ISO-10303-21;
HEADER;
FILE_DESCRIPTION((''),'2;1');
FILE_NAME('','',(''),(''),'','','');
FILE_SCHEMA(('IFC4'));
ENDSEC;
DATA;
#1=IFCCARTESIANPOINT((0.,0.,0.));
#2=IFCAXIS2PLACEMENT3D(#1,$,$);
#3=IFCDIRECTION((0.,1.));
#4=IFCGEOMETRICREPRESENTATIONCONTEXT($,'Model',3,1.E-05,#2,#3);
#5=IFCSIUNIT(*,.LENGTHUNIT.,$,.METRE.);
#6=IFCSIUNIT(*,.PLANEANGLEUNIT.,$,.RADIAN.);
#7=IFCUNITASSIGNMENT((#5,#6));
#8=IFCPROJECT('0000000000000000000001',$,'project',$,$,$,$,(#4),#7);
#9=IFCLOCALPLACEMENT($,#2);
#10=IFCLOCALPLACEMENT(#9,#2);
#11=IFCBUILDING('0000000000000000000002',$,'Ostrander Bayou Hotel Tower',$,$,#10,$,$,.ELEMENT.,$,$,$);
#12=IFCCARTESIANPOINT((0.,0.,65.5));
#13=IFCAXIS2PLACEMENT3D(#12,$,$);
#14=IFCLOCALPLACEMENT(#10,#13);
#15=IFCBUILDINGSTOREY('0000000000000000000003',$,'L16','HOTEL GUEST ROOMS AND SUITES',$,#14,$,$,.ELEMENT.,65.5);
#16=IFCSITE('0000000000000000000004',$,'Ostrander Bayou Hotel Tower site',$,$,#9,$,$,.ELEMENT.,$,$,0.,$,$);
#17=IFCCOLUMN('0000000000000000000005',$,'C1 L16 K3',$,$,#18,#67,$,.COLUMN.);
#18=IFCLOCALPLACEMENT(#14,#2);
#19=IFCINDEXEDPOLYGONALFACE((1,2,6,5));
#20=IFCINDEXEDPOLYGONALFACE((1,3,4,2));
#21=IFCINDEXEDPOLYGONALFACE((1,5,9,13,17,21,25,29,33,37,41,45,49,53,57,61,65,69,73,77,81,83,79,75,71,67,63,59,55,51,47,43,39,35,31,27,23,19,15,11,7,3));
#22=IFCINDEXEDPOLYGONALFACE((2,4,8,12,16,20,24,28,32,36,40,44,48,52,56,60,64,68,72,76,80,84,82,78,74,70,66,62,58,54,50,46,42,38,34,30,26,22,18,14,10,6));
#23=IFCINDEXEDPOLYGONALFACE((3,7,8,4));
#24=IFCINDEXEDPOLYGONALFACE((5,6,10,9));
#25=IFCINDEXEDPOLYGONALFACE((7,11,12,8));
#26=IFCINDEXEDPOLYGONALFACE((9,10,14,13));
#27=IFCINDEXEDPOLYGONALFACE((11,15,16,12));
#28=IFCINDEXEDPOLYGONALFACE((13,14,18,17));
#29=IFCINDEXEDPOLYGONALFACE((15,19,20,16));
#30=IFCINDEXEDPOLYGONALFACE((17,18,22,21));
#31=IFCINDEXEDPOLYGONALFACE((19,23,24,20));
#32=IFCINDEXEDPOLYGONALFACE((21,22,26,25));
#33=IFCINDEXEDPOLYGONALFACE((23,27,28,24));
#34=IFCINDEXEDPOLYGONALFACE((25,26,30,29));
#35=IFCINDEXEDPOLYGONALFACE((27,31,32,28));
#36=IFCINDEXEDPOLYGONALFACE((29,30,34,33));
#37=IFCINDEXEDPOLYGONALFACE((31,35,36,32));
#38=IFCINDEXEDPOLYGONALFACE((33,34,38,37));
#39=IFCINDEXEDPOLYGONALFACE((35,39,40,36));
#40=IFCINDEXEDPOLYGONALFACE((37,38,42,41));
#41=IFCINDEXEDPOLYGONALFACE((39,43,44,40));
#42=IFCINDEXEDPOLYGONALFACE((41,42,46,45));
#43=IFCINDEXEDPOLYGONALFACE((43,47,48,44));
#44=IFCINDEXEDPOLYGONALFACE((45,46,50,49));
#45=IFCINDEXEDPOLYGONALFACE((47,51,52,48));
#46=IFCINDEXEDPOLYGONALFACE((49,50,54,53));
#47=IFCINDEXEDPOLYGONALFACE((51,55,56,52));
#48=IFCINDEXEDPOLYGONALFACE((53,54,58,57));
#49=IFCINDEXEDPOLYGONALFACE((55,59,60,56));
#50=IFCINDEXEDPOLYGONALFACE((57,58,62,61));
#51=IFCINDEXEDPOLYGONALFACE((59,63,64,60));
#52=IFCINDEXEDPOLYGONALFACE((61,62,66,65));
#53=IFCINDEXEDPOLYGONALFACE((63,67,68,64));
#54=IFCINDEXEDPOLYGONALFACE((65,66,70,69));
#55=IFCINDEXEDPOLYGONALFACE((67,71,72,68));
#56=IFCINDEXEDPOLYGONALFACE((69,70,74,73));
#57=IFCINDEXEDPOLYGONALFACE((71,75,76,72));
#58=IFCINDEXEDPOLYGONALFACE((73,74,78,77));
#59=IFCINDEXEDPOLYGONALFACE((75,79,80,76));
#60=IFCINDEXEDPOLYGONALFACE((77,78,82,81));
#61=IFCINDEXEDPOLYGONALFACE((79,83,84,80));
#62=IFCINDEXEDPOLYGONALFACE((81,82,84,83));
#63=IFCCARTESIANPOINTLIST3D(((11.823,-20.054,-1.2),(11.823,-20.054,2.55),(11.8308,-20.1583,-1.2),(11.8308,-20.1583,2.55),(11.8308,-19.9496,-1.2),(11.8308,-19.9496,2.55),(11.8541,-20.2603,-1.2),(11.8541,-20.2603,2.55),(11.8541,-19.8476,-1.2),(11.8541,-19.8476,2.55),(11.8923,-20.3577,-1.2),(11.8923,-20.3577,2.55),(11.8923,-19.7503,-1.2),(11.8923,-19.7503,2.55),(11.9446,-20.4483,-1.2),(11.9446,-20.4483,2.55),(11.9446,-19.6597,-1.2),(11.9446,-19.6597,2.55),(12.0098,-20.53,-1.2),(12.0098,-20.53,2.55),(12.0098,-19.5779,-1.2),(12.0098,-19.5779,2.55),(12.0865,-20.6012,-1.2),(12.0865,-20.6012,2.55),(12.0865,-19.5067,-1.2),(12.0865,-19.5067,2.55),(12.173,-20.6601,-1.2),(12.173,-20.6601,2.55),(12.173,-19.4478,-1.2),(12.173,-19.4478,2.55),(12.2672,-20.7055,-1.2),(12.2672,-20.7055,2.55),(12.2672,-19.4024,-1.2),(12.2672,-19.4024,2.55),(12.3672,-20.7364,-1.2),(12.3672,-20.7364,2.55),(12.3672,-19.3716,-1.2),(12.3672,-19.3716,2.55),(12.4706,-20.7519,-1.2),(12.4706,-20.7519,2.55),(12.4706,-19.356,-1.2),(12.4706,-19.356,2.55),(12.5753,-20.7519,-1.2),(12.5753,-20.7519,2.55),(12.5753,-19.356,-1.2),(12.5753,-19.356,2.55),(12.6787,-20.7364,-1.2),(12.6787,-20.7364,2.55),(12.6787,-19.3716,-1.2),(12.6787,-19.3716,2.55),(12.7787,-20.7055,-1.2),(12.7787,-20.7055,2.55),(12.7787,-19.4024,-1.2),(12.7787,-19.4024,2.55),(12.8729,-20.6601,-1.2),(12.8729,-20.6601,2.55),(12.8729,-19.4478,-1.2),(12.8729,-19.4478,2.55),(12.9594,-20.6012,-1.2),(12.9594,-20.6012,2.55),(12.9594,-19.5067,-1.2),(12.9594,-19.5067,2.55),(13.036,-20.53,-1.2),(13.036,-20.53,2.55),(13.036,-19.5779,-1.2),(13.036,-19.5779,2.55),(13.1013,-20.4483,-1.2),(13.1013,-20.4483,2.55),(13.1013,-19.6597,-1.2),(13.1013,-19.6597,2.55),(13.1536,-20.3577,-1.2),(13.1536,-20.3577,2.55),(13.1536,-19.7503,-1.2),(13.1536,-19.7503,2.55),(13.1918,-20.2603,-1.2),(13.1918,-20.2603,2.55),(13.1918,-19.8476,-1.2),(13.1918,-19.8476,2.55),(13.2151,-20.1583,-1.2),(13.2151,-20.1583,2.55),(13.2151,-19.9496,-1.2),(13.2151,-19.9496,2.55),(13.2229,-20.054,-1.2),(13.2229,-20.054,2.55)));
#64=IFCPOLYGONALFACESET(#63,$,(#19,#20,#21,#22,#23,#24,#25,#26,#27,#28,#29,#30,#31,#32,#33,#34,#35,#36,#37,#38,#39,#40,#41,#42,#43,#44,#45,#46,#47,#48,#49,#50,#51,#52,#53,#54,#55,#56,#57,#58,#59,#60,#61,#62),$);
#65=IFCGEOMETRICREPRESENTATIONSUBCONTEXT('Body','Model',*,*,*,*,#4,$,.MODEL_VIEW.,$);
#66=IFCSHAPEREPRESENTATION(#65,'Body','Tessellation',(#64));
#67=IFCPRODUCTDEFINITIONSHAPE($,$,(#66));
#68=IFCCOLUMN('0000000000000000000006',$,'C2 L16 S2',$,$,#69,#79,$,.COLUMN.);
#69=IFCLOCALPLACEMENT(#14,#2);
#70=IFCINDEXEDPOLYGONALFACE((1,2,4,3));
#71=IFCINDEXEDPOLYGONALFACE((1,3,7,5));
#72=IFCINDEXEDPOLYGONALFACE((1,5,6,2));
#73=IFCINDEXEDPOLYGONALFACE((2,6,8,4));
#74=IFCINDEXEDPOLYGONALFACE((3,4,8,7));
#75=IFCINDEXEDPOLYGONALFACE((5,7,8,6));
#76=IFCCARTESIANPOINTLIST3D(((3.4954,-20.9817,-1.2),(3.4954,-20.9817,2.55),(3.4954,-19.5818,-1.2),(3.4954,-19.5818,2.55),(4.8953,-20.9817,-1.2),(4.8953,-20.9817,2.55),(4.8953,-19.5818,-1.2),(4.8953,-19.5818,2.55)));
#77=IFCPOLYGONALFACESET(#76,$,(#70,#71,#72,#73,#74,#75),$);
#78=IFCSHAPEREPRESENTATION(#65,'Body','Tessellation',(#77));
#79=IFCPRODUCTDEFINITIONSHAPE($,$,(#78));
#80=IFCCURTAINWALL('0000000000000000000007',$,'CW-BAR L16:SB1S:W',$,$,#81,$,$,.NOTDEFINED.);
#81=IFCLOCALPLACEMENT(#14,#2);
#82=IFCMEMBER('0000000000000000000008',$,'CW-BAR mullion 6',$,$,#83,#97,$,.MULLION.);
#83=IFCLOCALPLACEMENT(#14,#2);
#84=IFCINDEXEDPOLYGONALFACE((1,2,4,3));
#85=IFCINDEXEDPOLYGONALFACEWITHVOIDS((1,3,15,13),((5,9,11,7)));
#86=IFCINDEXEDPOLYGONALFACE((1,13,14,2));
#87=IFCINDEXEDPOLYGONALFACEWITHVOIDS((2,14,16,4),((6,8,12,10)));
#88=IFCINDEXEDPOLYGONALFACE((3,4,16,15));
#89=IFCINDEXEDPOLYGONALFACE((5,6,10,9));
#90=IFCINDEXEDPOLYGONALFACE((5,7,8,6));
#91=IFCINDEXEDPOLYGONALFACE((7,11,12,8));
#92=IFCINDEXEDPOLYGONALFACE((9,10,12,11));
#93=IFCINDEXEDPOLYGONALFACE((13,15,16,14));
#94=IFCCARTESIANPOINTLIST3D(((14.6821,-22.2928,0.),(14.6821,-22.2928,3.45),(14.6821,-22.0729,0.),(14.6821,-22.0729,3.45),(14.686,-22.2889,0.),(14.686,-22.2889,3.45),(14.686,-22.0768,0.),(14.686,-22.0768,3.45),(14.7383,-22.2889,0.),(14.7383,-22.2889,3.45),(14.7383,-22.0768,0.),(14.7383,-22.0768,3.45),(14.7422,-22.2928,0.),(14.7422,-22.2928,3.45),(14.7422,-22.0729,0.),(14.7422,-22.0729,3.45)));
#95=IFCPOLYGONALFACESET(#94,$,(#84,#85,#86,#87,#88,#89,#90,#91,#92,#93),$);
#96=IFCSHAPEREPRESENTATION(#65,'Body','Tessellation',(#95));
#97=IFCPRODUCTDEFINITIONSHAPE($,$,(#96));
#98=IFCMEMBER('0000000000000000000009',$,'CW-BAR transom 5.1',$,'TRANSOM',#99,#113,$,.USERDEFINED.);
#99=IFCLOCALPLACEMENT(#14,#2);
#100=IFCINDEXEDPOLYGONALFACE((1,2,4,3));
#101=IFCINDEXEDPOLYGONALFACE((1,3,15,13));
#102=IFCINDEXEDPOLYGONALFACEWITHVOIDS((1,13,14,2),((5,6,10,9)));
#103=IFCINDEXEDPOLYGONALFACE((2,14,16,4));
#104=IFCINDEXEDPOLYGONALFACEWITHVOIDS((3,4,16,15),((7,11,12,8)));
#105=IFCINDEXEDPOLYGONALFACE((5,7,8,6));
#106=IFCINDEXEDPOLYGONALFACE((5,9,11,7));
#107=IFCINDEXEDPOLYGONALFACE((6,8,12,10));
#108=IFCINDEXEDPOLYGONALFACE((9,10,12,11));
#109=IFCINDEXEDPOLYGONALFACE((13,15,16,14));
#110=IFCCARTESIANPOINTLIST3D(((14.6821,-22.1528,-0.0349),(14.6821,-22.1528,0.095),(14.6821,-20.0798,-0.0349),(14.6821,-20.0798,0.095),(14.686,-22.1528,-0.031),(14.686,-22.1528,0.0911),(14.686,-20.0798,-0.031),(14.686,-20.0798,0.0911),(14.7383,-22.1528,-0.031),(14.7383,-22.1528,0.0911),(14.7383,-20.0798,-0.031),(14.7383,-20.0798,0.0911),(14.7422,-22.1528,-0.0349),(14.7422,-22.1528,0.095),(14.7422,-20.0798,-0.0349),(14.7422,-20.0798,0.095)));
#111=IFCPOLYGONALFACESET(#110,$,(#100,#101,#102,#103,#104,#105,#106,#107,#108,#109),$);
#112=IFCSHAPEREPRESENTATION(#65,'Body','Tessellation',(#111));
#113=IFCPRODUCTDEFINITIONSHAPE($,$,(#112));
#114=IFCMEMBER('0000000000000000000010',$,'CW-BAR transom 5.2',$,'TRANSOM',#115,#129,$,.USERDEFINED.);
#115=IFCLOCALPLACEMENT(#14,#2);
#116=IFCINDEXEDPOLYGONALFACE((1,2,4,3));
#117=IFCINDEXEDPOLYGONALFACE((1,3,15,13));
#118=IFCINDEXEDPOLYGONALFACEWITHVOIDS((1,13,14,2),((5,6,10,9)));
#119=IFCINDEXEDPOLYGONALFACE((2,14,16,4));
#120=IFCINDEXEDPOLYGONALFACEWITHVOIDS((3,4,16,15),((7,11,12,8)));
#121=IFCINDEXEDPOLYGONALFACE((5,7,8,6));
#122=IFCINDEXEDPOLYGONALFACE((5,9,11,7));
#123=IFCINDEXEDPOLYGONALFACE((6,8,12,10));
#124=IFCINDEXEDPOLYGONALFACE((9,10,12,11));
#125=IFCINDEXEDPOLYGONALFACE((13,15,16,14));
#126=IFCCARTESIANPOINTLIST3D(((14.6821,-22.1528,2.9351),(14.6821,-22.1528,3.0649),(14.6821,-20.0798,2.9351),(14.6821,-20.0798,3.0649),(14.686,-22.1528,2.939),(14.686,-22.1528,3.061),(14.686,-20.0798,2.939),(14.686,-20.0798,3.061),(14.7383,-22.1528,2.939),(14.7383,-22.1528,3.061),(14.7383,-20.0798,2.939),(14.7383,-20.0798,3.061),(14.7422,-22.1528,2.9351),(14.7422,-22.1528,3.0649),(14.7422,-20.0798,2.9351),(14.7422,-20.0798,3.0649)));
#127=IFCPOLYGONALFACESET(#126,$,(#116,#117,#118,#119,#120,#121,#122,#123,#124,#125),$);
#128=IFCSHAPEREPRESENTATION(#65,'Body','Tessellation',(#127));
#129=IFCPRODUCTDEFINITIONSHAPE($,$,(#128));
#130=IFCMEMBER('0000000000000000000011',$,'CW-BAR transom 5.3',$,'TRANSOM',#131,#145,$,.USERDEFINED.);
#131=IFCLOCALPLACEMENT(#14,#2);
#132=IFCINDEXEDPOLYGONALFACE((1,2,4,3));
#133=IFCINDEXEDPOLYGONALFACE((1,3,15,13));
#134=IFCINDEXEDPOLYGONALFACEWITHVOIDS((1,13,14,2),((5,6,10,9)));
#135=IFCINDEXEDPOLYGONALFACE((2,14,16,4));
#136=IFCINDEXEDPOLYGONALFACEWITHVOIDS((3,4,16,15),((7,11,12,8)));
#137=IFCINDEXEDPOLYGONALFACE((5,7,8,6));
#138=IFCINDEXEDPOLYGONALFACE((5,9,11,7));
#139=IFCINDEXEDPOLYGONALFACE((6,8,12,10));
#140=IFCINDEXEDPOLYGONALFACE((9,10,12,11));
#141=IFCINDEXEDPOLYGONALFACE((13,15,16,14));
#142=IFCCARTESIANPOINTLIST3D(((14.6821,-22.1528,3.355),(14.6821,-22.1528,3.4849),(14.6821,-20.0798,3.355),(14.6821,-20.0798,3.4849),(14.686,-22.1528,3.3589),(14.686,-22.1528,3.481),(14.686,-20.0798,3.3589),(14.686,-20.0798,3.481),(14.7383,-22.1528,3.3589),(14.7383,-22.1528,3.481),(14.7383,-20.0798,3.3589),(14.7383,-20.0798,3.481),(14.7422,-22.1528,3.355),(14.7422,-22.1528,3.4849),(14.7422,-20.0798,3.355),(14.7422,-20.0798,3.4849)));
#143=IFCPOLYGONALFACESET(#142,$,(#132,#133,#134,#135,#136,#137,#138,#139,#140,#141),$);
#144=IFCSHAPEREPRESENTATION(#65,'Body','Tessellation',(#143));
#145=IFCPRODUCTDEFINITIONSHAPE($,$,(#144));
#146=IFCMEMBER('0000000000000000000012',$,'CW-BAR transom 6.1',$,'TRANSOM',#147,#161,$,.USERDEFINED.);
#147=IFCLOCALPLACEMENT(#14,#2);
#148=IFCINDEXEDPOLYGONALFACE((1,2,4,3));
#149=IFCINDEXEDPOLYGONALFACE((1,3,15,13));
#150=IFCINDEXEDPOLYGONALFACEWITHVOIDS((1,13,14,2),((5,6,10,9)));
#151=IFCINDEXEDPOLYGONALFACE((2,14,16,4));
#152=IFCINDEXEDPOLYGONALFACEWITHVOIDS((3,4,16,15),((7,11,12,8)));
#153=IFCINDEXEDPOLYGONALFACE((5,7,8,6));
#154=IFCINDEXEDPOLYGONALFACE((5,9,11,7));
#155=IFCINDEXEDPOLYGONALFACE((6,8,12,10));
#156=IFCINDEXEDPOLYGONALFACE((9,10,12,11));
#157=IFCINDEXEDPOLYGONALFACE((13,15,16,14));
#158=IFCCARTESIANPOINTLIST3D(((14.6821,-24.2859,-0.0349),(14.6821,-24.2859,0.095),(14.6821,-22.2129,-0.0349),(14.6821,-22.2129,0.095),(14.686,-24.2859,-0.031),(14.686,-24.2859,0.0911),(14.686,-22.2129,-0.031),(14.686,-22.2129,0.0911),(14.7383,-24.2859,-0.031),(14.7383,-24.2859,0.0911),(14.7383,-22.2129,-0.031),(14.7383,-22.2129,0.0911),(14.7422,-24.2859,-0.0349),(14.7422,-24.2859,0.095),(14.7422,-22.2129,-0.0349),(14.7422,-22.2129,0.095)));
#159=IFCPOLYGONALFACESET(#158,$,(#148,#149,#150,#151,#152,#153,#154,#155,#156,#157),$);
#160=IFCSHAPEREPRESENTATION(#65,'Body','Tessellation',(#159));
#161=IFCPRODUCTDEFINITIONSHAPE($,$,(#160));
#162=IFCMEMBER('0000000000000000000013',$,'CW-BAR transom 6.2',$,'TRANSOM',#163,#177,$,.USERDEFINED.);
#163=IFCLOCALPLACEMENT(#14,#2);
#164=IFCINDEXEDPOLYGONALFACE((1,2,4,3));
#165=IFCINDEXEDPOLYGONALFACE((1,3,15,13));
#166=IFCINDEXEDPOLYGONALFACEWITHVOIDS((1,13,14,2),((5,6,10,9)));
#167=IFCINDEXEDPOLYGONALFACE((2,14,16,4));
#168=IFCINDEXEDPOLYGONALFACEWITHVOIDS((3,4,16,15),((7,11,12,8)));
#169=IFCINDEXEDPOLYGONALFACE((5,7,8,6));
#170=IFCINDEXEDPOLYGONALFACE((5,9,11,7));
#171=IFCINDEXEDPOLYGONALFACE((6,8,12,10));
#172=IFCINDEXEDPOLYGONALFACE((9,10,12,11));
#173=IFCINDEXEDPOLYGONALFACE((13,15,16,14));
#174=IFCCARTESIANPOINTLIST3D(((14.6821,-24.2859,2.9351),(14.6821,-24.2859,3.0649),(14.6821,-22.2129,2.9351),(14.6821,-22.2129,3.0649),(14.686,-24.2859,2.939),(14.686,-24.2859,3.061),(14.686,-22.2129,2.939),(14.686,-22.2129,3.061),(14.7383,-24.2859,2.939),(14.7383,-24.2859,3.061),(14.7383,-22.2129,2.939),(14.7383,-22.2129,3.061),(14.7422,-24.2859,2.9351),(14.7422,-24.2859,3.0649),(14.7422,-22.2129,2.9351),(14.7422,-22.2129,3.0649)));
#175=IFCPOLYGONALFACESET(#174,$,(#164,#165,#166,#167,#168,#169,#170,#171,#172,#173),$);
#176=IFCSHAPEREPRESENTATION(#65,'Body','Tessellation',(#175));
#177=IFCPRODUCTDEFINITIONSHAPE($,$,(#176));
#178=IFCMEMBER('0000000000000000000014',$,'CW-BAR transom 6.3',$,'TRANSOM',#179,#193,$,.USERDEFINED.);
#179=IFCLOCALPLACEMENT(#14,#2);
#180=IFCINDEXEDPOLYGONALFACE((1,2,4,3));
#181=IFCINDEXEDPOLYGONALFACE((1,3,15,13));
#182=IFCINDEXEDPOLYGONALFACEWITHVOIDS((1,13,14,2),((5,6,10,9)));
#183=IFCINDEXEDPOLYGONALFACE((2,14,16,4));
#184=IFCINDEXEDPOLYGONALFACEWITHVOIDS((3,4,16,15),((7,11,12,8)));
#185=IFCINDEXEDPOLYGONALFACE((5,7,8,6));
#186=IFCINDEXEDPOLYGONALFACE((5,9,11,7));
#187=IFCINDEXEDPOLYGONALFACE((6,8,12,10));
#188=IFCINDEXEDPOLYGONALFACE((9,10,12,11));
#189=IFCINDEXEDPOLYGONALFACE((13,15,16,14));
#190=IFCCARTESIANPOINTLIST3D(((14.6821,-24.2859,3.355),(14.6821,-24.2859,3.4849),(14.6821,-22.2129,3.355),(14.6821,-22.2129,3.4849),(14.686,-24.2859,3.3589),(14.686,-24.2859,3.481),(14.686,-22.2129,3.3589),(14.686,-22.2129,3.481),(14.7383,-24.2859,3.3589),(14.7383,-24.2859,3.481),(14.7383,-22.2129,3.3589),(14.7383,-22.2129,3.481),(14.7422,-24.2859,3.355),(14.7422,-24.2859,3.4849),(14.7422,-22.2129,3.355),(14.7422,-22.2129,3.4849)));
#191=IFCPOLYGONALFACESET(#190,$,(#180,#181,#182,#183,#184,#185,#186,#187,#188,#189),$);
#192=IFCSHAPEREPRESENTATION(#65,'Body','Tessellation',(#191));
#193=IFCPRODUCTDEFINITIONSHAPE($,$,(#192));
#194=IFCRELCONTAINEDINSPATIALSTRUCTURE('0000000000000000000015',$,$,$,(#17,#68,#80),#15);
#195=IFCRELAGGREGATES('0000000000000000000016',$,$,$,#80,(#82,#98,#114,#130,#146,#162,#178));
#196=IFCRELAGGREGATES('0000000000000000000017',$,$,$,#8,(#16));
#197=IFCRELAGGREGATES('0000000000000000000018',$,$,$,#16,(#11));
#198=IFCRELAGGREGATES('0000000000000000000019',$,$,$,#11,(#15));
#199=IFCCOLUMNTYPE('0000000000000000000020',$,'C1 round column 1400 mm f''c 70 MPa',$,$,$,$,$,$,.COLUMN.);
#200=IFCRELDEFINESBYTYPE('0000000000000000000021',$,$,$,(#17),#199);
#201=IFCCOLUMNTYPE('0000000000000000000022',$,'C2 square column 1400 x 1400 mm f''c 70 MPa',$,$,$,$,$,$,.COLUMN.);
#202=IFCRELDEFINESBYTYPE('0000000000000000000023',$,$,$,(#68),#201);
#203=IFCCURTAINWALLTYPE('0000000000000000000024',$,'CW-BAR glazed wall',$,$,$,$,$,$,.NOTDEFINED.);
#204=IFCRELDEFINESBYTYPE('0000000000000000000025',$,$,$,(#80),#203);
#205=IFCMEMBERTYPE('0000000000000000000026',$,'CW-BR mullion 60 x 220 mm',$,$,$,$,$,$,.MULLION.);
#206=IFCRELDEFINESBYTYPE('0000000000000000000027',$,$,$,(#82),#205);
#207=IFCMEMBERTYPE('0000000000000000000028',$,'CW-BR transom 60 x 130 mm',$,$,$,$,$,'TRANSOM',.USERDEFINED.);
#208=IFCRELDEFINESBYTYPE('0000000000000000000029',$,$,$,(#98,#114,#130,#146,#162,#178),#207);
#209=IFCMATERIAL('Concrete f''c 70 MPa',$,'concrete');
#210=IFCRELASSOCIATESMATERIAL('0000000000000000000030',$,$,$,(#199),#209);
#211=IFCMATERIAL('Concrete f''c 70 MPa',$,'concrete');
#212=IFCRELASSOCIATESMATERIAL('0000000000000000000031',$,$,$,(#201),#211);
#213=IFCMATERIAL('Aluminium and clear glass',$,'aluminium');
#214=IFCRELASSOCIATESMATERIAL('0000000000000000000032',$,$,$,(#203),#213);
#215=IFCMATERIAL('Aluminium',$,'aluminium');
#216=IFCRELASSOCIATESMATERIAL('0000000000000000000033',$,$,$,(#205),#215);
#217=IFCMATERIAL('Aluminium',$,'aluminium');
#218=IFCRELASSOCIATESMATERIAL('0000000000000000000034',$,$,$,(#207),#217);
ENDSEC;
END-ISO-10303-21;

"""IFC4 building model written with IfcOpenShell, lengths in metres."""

from ifc_helpers import new_model, si_unit, direction, frame, origin, origin_2d, place, context, subcontext, project, spatial, rectangle, hollow_rectangle, circle, extrude, material, material_profile, profile_set, type_object, element, aggregate, save


model = new_model("IFC4")

# Units and contexts
model_context = context("Model", 3, precision=1e-05, world=origin(), true_north=direction((0.0, 1.0)))
body_context = subcontext(model_context, "Body", "Model", "MODEL_VIEW")
ifc_project = project(units=[si_unit("LENGTHUNIT", "METRE"), si_unit("PLANEANGLEUNIT", "RADIAN")], contexts=[model_context])

# Site, building, storey
site_placement = place(None, origin())
site = spatial("IfcSite", under=ifc_project, at=site_placement, Name="Ostrander Bayou Hotel Tower site", CompositionType="ELEMENT", RefElevation=0.0)
building_placement = place(site_placement, origin())
building = spatial("IfcBuilding", under=site, at=building_placement, Name="Ostrander Bayou Hotel Tower", CompositionType="ELEMENT")
storey_placement = place(building_placement, frame((0.0, 0.0, 65.5)))
storey = spatial("IfcBuildingStorey", under=building, at=storey_placement, Name="L16", Description="HOTEL GUEST ROOMS AND SUITES", CompositionType="ELEMENT", Elevation=65.5)

# Columns
ifc_material_1 = material(Name="Concrete f'c 70 MPa", Category="concrete")
ifc_material_profile_1 = material_profile(ifc_material_1, circle(Radius=0.7, at=origin_2d()))
ifc_profile_set_1 = profile_set([ifc_material_profile_1], Name="Concrete f'c 70 MPa")
column_type_1 = type_object("IfcColumnType", Name="C1 round column 1400 mm f'c 70 MPa", PredefinedType="COLUMN", material=ifc_profile_set_1)
column_1_placement = place(storey_placement, frame((12.5229, -20.054, -1.2), z_axis=(0.0, 0.0, 1.0), x_axis=(1.0, 0.0, 0.0)))
element("IfcColumn", 1, at=column_1_placement, inside=storey, type_object=column_type_1, Name="C1 L16 K3", PredefinedType="COLUMN", context=body_context, shape_type="SweptSolid", body=[
    extrude(circle(Radius=0.7, at=origin_2d()), origin(), (0.0, 0.0, 1.0), 3.75),
])
ifc_material_2 = material(Name="Concrete f'c 70 MPa", Category="concrete")
ifc_material_profile_2 = material_profile(ifc_material_2, rectangle(XDim=1.3999, YDim=1.3999, at=origin_2d()))
ifc_profile_set_2 = profile_set([ifc_material_profile_2], Name="Concrete f'c 70 MPa")
column_type_2 = type_object("IfcColumnType", Name="C2 square column 1400 x 1400 mm f'c 70 MPa", PredefinedType="COLUMN", material=ifc_profile_set_2)
column_2_placement = place(storey_placement, frame((4.1953, -20.2817, -1.2), z_axis=(0.0, 0.0, 1.0), x_axis=(-1.0, 0.0, 0.0)))
element("IfcColumn", 2, at=column_2_placement, inside=storey, type_object=column_type_2, Name="C2 L16 S2", PredefinedType="COLUMN", context=body_context, shape_type="SweptSolid", body=[
    extrude(rectangle(XDim=1.3999, YDim=1.3999, at=origin_2d()), origin(), (0.0, 0.0, 1.0), 3.75),
])

# Curtain wall, members
ifc_material_3 = material(Name="Aluminium and clear glass", Category="aluminium")
curtain_wall_type = type_object("IfcCurtainWallType", Name="CW-BAR glazed wall", PredefinedType="NOTDEFINED", material=ifc_material_3)
curtain_wall_placement = place(storey_placement, origin())
curtain_wall = element("IfcCurtainWall", 3, at=curtain_wall_placement, inside=storey, type_object=curtain_wall_type, Name="CW-BAR L16:SB1S:W", PredefinedType="NOTDEFINED")
ifc_material_4 = material(Name="Aluminium", Category="aluminium")
ifc_material_profile_3 = material_profile(ifc_material_4, hollow_rectangle(XDim=0.0601, YDim=0.22, WallThickness=0.0039, at=origin_2d()))
ifc_profile_set_3 = profile_set([ifc_material_profile_3], Name="Aluminium")
member_type_1 = type_object("IfcMemberType", Name="CW-BR mullion 60 x 220 mm", PredefinedType="MULLION", material=ifc_profile_set_3)
member_1_placement = place(storey_placement, frame((14.7122, -22.1829, 0.0), z_axis=(0.0, 0.0, 1.0), x_axis=(1.0, 0.0, 0.0)))
member_1 = element("IfcMember", 4, at=member_1_placement, type_object=member_type_1, Name="CW-BAR mullion 6", PredefinedType="MULLION", context=body_context, shape_type="SweptSolid", body=[
    extrude(hollow_rectangle(XDim=0.0601, YDim=0.22, WallThickness=0.0039, at=origin_2d()), origin(), (0.0, 0.0, 1.0), 3.45),
])
ifc_material_5 = material(Name="Aluminium", Category="aluminium")
ifc_material_profile_4 = material_profile(ifc_material_5, hollow_rectangle(XDim=0.0601, YDim=0.1299, WallThickness=0.0039, at=origin_2d()))
ifc_profile_set_4 = profile_set([ifc_material_profile_4], Name="Aluminium")
member_type_2 = type_object("IfcMemberType", Name="CW-BR transom 60 x 130 mm", ElementType="TRANSOM", PredefinedType="USERDEFINED", material=ifc_profile_set_4)
member_2_placement = place(storey_placement, frame((14.7122, -20.0798, 0.03), z_axis=(0.0, -1.0, 0.0), x_axis=(1.0, 0.0, 0.0)))
member_2 = element("IfcMember", 5, at=member_2_placement, type_object=member_type_2, Name="CW-BAR transom 5.1", ObjectType="TRANSOM", PredefinedType="USERDEFINED", context=body_context, shape_type="SweptSolid", body=[
    extrude(hollow_rectangle(XDim=0.0601, YDim=0.1299, WallThickness=0.0039, at=origin_2d()), origin(), (0.0, 0.0, 1.0), 2.073),
])
member_3_placement = place(storey_placement, frame((14.7122, -20.0798, 3.0), z_axis=(0.0, -1.0, 0.0), x_axis=(1.0, 0.0, 0.0)))
member_3 = element("IfcMember", 6, at=member_3_placement, type_object=member_type_2, Name="CW-BAR transom 5.2", ObjectType="TRANSOM", PredefinedType="USERDEFINED", context=body_context, shape_type="SweptSolid", body=[
    extrude(hollow_rectangle(XDim=0.0601, YDim=0.1299, WallThickness=0.0039, at=origin_2d()), origin(), (0.0, 0.0, 1.0), 2.073),
])
member_4_placement = place(storey_placement, frame((14.7122, -20.0798, 3.4199), z_axis=(0.0, -1.0, 0.0), x_axis=(1.0, 0.0, 0.0)))
member_4 = element("IfcMember", 7, at=member_4_placement, type_object=member_type_2, Name="CW-BAR transom 5.3", ObjectType="TRANSOM", PredefinedType="USERDEFINED", context=body_context, shape_type="SweptSolid", body=[
    extrude(hollow_rectangle(XDim=0.0601, YDim=0.1299, WallThickness=0.0039, at=origin_2d()), origin(), (0.0, 0.0, 1.0), 2.073),
])
member_5_placement = place(storey_placement, frame((14.7122, -22.2129, 0.03), z_axis=(0.0, -1.0, 0.0), x_axis=(1.0, 0.0, 0.0)))
member_5 = element("IfcMember", 8, at=member_5_placement, type_object=member_type_2, Name="CW-BAR transom 6.1", ObjectType="TRANSOM", PredefinedType="USERDEFINED", context=body_context, shape_type="SweptSolid", body=[
    extrude(hollow_rectangle(XDim=0.0601, YDim=0.1299, WallThickness=0.0039, at=origin_2d()), origin(), (0.0, 0.0, 1.0), 2.073),
])
member_6_placement = place(storey_placement, frame((14.7122, -22.2129, 3.0), z_axis=(0.0, -1.0, 0.0), x_axis=(1.0, 0.0, 0.0)))
member_6 = element("IfcMember", 9, at=member_6_placement, type_object=member_type_2, Name="CW-BAR transom 6.2", ObjectType="TRANSOM", PredefinedType="USERDEFINED", context=body_context, shape_type="SweptSolid", body=[
    extrude(hollow_rectangle(XDim=0.0601, YDim=0.1299, WallThickness=0.0039, at=origin_2d()), origin(), (0.0, 0.0, 1.0), 2.073),
])
member_7_placement = place(storey_placement, frame((14.7122, -22.2129, 3.4199), z_axis=(0.0, -1.0, 0.0), x_axis=(1.0, 0.0, 0.0)))
member_7 = element("IfcMember", 10, at=member_7_placement, type_object=member_type_2, Name="CW-BAR transom 6.3", ObjectType="TRANSOM", PredefinedType="USERDEFINED", context=body_context, shape_type="SweptSolid", body=[
    extrude(hollow_rectangle(XDim=0.0601, YDim=0.1299, WallThickness=0.0039, at=origin_2d()), origin(), (0.0, 0.0, 1.0), 2.073),
])

aggregate(curtain_wall, [member_1, member_2, member_3, member_4, member_5, member_6, member_7])

save(model, "model.ifc")
